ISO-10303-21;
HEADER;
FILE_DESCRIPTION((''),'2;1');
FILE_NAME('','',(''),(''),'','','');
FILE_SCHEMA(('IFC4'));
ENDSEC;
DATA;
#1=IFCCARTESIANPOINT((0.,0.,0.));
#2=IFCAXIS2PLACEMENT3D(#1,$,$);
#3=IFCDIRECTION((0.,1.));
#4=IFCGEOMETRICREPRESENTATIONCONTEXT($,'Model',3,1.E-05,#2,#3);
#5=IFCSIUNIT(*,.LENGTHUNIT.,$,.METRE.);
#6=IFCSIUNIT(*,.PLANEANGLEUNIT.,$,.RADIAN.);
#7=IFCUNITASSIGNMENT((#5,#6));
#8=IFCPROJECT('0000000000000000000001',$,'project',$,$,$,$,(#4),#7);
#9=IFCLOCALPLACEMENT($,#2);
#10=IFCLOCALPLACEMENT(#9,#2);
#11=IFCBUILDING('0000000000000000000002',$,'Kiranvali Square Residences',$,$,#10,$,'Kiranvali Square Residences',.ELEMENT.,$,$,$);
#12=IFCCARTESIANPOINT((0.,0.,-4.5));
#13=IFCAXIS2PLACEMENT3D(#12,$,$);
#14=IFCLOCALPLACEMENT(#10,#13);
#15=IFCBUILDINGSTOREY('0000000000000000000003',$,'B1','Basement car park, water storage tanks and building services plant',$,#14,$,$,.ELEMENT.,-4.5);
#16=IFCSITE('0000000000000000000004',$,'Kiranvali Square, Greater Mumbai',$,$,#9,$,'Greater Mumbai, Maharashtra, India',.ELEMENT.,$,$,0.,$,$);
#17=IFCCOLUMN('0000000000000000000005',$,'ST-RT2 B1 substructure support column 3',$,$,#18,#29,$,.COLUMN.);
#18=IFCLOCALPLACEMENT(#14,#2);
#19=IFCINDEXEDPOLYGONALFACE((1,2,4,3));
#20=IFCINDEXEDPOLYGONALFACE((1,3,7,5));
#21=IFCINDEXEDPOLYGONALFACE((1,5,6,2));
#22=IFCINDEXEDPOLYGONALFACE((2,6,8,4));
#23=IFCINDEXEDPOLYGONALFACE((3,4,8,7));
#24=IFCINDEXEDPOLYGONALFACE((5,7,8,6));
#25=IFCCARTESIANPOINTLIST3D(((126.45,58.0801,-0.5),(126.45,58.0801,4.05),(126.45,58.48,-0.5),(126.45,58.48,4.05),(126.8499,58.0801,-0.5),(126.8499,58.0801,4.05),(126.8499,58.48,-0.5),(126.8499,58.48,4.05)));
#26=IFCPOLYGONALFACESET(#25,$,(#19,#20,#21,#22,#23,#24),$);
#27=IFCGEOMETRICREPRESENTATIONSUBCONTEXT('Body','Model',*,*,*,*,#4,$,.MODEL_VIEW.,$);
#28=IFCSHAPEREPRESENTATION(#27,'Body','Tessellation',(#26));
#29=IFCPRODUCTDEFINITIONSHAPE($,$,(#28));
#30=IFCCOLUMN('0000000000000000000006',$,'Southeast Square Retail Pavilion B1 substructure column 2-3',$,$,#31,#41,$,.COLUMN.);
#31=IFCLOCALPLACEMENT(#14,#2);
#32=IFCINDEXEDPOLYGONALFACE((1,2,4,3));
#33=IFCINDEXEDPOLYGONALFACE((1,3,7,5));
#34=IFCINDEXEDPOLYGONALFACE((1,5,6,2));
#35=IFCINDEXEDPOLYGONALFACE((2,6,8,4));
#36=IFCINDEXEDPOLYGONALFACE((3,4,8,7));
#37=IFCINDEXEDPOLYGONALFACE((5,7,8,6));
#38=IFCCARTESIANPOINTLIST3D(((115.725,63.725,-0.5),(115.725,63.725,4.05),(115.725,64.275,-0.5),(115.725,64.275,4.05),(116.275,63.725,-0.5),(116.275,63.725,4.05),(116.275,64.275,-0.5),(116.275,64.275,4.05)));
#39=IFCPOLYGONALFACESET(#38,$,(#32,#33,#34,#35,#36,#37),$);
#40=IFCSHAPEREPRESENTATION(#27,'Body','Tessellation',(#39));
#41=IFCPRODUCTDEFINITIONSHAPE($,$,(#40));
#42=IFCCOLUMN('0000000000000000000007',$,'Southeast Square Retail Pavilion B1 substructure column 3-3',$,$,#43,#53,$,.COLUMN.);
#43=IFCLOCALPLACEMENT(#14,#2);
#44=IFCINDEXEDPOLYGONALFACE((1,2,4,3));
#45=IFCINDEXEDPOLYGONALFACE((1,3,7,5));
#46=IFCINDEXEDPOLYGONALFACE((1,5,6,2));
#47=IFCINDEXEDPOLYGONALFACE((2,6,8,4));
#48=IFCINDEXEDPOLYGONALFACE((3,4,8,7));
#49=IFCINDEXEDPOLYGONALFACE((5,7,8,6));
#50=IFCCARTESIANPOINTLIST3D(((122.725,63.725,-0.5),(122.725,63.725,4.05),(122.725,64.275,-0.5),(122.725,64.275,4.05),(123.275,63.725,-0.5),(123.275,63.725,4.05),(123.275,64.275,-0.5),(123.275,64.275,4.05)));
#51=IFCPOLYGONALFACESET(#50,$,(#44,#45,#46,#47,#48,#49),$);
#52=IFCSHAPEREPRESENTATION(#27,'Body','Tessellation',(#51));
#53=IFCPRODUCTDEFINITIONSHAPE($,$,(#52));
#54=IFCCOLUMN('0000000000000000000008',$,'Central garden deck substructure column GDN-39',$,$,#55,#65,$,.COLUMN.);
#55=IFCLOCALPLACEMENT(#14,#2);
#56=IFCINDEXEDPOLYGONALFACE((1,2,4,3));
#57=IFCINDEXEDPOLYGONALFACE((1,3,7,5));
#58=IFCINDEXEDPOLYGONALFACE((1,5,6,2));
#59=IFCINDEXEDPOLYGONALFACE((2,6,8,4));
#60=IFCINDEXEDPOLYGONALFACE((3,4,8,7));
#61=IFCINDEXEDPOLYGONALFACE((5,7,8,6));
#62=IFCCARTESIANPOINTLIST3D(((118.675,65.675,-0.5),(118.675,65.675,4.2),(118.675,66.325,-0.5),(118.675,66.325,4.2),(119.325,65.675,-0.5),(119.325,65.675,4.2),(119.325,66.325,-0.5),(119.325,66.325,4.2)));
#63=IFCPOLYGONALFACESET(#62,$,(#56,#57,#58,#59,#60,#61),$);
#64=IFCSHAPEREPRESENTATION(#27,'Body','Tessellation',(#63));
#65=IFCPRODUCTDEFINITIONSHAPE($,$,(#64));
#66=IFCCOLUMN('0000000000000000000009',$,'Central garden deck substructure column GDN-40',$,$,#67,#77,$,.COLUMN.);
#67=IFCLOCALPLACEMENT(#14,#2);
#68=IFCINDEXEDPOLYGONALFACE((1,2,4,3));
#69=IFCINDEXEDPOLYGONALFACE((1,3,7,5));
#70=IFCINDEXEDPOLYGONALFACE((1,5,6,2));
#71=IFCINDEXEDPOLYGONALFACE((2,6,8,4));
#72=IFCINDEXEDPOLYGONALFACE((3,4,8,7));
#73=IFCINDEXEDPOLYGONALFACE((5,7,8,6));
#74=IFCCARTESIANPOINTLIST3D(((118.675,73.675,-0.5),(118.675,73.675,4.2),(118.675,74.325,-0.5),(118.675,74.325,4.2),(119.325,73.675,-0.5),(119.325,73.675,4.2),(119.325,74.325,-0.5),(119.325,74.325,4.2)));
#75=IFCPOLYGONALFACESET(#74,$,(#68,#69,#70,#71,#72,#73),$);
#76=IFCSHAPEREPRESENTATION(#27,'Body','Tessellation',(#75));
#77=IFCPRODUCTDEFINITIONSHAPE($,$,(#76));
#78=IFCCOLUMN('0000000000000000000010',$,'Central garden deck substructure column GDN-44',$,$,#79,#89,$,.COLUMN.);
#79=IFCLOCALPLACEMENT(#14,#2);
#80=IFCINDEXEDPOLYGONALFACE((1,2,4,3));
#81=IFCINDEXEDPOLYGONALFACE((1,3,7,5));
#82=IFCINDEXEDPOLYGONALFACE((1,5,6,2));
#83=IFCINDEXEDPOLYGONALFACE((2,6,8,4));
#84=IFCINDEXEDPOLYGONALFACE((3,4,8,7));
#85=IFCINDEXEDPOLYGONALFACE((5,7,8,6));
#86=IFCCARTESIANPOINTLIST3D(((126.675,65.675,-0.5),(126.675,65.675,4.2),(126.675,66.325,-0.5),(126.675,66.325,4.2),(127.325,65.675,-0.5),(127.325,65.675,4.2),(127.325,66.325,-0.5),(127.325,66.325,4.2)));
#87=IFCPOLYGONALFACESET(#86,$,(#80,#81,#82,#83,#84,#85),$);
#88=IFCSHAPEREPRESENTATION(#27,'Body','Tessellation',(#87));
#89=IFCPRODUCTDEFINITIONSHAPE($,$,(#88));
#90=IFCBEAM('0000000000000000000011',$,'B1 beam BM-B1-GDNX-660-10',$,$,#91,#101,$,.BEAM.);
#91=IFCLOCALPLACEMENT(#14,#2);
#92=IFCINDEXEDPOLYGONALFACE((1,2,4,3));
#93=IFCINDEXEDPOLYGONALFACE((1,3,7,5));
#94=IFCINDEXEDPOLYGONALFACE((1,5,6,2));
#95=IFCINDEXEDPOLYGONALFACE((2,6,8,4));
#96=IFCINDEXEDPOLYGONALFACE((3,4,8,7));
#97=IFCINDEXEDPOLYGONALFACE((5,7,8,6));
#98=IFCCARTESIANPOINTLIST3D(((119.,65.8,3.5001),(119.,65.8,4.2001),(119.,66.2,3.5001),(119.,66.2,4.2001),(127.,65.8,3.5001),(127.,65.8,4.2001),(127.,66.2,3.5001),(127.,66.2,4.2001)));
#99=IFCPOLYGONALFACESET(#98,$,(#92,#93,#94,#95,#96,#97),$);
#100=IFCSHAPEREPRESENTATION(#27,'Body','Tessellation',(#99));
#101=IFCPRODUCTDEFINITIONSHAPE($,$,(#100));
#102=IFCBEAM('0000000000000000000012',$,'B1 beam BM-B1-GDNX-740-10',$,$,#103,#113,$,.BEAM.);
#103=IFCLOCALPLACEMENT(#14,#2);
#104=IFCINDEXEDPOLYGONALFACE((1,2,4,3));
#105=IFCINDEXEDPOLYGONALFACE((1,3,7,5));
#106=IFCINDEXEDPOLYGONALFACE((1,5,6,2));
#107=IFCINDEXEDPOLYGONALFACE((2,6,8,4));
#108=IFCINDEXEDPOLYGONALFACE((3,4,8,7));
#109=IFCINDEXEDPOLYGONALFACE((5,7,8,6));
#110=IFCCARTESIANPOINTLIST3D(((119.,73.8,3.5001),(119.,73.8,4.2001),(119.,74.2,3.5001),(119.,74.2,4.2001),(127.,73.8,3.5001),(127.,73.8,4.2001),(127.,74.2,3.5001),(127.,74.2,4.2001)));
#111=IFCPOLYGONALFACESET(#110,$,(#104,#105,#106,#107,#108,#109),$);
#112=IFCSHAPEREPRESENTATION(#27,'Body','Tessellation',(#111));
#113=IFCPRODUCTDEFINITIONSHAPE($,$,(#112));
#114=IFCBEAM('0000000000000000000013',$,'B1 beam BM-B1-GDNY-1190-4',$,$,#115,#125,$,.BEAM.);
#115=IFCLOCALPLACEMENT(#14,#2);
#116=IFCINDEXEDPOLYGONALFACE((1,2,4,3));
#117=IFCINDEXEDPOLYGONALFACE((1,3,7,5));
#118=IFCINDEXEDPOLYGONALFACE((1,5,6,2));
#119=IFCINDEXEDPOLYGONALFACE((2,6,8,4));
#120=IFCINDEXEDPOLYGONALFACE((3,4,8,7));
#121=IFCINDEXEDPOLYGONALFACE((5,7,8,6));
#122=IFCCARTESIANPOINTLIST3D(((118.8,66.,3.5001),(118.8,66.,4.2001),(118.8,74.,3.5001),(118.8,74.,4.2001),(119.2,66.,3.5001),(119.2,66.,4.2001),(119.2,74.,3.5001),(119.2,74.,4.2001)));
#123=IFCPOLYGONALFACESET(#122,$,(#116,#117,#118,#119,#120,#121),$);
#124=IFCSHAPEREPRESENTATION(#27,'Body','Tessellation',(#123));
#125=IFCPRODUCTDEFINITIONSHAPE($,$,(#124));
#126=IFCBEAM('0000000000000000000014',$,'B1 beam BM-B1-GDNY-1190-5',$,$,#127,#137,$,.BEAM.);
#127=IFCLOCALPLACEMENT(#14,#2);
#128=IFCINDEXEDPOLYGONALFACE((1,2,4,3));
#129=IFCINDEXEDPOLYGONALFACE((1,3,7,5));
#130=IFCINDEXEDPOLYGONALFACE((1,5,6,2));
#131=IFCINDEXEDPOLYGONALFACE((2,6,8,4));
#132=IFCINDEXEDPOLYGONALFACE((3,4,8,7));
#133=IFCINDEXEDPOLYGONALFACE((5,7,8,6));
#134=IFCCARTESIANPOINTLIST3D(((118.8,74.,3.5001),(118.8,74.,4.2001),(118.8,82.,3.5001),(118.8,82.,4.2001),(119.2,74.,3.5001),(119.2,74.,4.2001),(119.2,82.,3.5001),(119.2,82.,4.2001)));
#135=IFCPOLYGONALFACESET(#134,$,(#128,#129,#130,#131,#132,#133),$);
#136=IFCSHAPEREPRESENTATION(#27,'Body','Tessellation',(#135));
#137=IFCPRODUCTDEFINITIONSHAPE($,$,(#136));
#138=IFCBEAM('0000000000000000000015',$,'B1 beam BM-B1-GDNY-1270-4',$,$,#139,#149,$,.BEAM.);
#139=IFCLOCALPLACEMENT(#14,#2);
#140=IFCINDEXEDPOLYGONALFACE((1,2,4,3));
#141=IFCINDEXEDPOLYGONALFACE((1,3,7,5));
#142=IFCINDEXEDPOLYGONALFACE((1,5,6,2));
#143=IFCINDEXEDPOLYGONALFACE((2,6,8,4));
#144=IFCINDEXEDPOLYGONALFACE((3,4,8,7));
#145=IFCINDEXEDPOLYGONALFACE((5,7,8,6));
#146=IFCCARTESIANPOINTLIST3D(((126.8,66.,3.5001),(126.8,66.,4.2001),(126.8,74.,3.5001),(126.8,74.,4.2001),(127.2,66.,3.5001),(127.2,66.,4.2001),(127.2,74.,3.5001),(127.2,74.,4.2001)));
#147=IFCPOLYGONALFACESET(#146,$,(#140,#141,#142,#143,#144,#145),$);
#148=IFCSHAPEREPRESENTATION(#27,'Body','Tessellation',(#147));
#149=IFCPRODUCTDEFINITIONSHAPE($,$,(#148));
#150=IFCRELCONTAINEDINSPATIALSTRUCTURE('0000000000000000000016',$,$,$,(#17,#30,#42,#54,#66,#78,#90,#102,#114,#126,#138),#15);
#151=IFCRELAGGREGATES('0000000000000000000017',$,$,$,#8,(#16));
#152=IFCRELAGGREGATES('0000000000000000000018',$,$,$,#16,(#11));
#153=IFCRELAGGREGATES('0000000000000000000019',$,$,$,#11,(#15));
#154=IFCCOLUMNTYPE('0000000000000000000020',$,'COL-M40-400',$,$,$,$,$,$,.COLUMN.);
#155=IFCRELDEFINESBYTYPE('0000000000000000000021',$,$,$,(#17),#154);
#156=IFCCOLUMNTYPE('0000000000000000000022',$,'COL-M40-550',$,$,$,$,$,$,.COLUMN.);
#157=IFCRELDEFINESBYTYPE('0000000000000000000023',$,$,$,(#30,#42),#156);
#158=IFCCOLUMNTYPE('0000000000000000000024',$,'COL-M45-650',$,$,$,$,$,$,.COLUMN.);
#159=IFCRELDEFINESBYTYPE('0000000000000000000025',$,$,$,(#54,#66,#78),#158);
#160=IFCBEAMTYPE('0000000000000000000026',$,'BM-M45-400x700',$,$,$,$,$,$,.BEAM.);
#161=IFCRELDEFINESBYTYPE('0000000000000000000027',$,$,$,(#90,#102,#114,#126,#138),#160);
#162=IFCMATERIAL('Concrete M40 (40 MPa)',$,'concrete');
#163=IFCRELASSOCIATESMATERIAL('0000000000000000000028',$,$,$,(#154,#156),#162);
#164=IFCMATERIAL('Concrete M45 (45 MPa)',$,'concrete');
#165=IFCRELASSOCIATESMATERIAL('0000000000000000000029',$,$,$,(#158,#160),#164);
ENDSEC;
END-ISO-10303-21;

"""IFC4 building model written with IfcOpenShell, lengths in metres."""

from ifc_helpers import new_model, si_unit, direction, frame, origin, origin_2d, place, context, subcontext, project, spatial, rectangle, extrude, material, material_profile, profile_set, type_object, element, save


model = new_model("IFC4")

# Units and contexts
model_context = context("Model", 3, precision=1e-05, world=origin(), true_north=direction((0.0, 1.0)))
body_context = subcontext(model_context, "Body", "Model", "MODEL_VIEW")
ifc_project = project(units=[si_unit("LENGTHUNIT", "METRE"), si_unit("PLANEANGLEUNIT", "RADIAN")], contexts=[model_context])

# Site, building, storey
site_placement = place(None, origin())
site = spatial("IfcSite", under=ifc_project, at=site_placement, Name="Kiranvali Square, Greater Mumbai", LongName="Greater Mumbai, Maharashtra, India", CompositionType="ELEMENT", RefElevation=0.0)
building_placement = place(site_placement, origin())
building = spatial("IfcBuilding", under=site, at=building_placement, Name="Kiranvali Square Residences", LongName="Kiranvali Square Residences", CompositionType="ELEMENT")
storey_placement = place(building_placement, frame((0.0, 0.0, -4.5)))
storey = spatial("IfcBuildingStorey", under=building, at=storey_placement, Name="B1", Description="Basement car park, water storage tanks and building services plant", CompositionType="ELEMENT", Elevation=-4.5)

# Shared definitions
ifc_material_1 = material(Name="Concrete M40 (40 MPa)", Category="concrete")

# Columns
ifc_material_profile_1 = material_profile(ifc_material_1, rectangle(XDim=0.3999, YDim=0.3999, at=origin_2d()), Name="RC 400x400")
ifc_profile_set_1 = profile_set([ifc_material_profile_1], Name="Concrete M40 (40 MPa)")
column_type_1 = type_object("IfcColumnType", Name="COL-M40-400", PredefinedType="COLUMN", material=ifc_profile_set_1)
column_placement = place(storey_placement, frame((126.6499, 58.28, -0.5), z_axis=(0.0, 0.0, 1.0), x_axis=(1.0, 0.0, 0.0)))
element("IfcColumn", 1, at=column_placement, inside=storey, type_object=column_type_1, Name="ST-RT2 B1 substructure support column 3", PredefinedType="COLUMN", context=body_context, shape_type="SweptSolid", body=[
    extrude(rectangle(XDim=0.3999, YDim=0.3999, at=origin_2d()), origin(), (0.0, 0.0, 1.0), 4.55),
])
ifc_material_profile_2 = material_profile(ifc_material_1, rectangle(XDim=0.55, YDim=0.55, at=origin_2d()), Name="RC 550x550")
ifc_profile_set_2 = profile_set([ifc_material_profile_2], Name="Concrete M40 (40 MPa)")
column_type_2 = type_object("IfcColumnType", Name="COL-M40-550", PredefinedType="COLUMN", material=ifc_profile_set_2)
for number, where, z_axis, x_axis, name in (
    (2, (116.0, 64.0, -0.5), (0.0, 0.0, 1.0), (1.0, 0.0, 0.0), "Southeast Square Retail Pavilion B1 substructure column 2-3"),
    (3, (123.0, 64.0, -0.5), (0.0, 0.0, 1.0), (1.0, 0.0, 0.0), "Southeast Square Retail Pavilion B1 substructure column 3-3"),
):
    element("IfcColumn", number, at=place(storey_placement, frame(where, z_axis=z_axis, x_axis=x_axis)), inside=storey, type_object=column_type_2, Name=name, PredefinedType="COLUMN", context=body_context, shape_type="SweptSolid", body=[
        extrude(rectangle(XDim=0.55, YDim=0.55, at=origin_2d()), origin(), (0.0, 0.0, 1.0), 4.55),
    ])
ifc_material_2 = material(Name="Concrete M45 (45 MPa)", Category="concrete")
ifc_material_profile_3 = material_profile(ifc_material_2, rectangle(XDim=0.6499, YDim=0.6499, at=origin_2d()), Name="RC 650x650")
ifc_profile_set_3 = profile_set([ifc_material_profile_3], Name="Concrete M45 (45 MPa)")
column_type_3 = type_object("IfcColumnType", Name="COL-M45-650", PredefinedType="COLUMN", material=ifc_profile_set_3)
for number, where, z_axis, x_axis, name in (
    (4, (119.0, 66.0, -0.5), (0.0, 0.0, 1.0), (1.0, 0.0, 0.0), "Central garden deck substructure column GDN-39"),
    (5, (119.0, 74.0, -0.5), (0.0, 0.0, 1.0), (1.0, 0.0, 0.0), "Central garden deck substructure column GDN-40"),
    (6, (127.0, 66.0, -0.5), (0.0, 0.0, 1.0), (1.0, 0.0, 0.0), "Central garden deck substructure column GDN-44"),
):
    element("IfcColumn", number, at=place(storey_placement, frame(where, z_axis=z_axis, x_axis=x_axis)), inside=storey, type_object=column_type_3, Name=name, PredefinedType="COLUMN", context=body_context, shape_type="SweptSolid", body=[
        extrude(rectangle(XDim=0.6499, YDim=0.6499, at=origin_2d()), origin(), (0.0, 0.0, 1.0), 4.7),
    ])

# Beams
ifc_material_profile_4 = material_profile(ifc_material_2, rectangle(XDim=0.3999, YDim=0.7, at=origin_2d()), Name="RC 400x700")
ifc_profile_set_4 = profile_set([ifc_material_profile_4], Name="Concrete M45 (45 MPa)")
beam_type = type_object("IfcBeamType", Name="BM-M45-400x700", PredefinedType="BEAM", material=ifc_profile_set_4)
for number, where, z_axis, x_axis, name in (
    (7, (119.0, 66.0, 3.8501), (1.0, 0.0, 0.0), (0.0, 1.0, 0.0), "B1 beam BM-B1-GDNX-660-10"),
    (8, (119.0, 74.0, 3.8501), (1.0, 0.0, 0.0), (0.0, 1.0, 0.0), "B1 beam BM-B1-GDNX-740-10"),
    (9, (119.0, 66.0, 3.8501), (0.0, 1.0, 0.0), (-1.0, 0.0, 0.0), "B1 beam BM-B1-GDNY-1190-4"),
    (10, (119.0, 74.0, 3.8501), (0.0, 1.0, 0.0), (-1.0, 0.0, 0.0), "B1 beam BM-B1-GDNY-1190-5"),
    (11, (127.0, 66.0, 3.8501), (0.0, 1.0, 0.0), (-1.0, 0.0, 0.0), "B1 beam BM-B1-GDNY-1270-4"),
):
    element("IfcBeam", number, at=place(storey_placement, frame(where, z_axis=z_axis, x_axis=x_axis)), inside=storey, type_object=beam_type, Name=name, PredefinedType="BEAM", context=body_context, shape_type="SweptSolid", body=[
        extrude(rectangle(XDim=0.3999, YDim=0.7, at=origin_2d()), origin(), (0.0, 0.0, 1.0), 8.0),
    ])

save(model, "model.ifc")
